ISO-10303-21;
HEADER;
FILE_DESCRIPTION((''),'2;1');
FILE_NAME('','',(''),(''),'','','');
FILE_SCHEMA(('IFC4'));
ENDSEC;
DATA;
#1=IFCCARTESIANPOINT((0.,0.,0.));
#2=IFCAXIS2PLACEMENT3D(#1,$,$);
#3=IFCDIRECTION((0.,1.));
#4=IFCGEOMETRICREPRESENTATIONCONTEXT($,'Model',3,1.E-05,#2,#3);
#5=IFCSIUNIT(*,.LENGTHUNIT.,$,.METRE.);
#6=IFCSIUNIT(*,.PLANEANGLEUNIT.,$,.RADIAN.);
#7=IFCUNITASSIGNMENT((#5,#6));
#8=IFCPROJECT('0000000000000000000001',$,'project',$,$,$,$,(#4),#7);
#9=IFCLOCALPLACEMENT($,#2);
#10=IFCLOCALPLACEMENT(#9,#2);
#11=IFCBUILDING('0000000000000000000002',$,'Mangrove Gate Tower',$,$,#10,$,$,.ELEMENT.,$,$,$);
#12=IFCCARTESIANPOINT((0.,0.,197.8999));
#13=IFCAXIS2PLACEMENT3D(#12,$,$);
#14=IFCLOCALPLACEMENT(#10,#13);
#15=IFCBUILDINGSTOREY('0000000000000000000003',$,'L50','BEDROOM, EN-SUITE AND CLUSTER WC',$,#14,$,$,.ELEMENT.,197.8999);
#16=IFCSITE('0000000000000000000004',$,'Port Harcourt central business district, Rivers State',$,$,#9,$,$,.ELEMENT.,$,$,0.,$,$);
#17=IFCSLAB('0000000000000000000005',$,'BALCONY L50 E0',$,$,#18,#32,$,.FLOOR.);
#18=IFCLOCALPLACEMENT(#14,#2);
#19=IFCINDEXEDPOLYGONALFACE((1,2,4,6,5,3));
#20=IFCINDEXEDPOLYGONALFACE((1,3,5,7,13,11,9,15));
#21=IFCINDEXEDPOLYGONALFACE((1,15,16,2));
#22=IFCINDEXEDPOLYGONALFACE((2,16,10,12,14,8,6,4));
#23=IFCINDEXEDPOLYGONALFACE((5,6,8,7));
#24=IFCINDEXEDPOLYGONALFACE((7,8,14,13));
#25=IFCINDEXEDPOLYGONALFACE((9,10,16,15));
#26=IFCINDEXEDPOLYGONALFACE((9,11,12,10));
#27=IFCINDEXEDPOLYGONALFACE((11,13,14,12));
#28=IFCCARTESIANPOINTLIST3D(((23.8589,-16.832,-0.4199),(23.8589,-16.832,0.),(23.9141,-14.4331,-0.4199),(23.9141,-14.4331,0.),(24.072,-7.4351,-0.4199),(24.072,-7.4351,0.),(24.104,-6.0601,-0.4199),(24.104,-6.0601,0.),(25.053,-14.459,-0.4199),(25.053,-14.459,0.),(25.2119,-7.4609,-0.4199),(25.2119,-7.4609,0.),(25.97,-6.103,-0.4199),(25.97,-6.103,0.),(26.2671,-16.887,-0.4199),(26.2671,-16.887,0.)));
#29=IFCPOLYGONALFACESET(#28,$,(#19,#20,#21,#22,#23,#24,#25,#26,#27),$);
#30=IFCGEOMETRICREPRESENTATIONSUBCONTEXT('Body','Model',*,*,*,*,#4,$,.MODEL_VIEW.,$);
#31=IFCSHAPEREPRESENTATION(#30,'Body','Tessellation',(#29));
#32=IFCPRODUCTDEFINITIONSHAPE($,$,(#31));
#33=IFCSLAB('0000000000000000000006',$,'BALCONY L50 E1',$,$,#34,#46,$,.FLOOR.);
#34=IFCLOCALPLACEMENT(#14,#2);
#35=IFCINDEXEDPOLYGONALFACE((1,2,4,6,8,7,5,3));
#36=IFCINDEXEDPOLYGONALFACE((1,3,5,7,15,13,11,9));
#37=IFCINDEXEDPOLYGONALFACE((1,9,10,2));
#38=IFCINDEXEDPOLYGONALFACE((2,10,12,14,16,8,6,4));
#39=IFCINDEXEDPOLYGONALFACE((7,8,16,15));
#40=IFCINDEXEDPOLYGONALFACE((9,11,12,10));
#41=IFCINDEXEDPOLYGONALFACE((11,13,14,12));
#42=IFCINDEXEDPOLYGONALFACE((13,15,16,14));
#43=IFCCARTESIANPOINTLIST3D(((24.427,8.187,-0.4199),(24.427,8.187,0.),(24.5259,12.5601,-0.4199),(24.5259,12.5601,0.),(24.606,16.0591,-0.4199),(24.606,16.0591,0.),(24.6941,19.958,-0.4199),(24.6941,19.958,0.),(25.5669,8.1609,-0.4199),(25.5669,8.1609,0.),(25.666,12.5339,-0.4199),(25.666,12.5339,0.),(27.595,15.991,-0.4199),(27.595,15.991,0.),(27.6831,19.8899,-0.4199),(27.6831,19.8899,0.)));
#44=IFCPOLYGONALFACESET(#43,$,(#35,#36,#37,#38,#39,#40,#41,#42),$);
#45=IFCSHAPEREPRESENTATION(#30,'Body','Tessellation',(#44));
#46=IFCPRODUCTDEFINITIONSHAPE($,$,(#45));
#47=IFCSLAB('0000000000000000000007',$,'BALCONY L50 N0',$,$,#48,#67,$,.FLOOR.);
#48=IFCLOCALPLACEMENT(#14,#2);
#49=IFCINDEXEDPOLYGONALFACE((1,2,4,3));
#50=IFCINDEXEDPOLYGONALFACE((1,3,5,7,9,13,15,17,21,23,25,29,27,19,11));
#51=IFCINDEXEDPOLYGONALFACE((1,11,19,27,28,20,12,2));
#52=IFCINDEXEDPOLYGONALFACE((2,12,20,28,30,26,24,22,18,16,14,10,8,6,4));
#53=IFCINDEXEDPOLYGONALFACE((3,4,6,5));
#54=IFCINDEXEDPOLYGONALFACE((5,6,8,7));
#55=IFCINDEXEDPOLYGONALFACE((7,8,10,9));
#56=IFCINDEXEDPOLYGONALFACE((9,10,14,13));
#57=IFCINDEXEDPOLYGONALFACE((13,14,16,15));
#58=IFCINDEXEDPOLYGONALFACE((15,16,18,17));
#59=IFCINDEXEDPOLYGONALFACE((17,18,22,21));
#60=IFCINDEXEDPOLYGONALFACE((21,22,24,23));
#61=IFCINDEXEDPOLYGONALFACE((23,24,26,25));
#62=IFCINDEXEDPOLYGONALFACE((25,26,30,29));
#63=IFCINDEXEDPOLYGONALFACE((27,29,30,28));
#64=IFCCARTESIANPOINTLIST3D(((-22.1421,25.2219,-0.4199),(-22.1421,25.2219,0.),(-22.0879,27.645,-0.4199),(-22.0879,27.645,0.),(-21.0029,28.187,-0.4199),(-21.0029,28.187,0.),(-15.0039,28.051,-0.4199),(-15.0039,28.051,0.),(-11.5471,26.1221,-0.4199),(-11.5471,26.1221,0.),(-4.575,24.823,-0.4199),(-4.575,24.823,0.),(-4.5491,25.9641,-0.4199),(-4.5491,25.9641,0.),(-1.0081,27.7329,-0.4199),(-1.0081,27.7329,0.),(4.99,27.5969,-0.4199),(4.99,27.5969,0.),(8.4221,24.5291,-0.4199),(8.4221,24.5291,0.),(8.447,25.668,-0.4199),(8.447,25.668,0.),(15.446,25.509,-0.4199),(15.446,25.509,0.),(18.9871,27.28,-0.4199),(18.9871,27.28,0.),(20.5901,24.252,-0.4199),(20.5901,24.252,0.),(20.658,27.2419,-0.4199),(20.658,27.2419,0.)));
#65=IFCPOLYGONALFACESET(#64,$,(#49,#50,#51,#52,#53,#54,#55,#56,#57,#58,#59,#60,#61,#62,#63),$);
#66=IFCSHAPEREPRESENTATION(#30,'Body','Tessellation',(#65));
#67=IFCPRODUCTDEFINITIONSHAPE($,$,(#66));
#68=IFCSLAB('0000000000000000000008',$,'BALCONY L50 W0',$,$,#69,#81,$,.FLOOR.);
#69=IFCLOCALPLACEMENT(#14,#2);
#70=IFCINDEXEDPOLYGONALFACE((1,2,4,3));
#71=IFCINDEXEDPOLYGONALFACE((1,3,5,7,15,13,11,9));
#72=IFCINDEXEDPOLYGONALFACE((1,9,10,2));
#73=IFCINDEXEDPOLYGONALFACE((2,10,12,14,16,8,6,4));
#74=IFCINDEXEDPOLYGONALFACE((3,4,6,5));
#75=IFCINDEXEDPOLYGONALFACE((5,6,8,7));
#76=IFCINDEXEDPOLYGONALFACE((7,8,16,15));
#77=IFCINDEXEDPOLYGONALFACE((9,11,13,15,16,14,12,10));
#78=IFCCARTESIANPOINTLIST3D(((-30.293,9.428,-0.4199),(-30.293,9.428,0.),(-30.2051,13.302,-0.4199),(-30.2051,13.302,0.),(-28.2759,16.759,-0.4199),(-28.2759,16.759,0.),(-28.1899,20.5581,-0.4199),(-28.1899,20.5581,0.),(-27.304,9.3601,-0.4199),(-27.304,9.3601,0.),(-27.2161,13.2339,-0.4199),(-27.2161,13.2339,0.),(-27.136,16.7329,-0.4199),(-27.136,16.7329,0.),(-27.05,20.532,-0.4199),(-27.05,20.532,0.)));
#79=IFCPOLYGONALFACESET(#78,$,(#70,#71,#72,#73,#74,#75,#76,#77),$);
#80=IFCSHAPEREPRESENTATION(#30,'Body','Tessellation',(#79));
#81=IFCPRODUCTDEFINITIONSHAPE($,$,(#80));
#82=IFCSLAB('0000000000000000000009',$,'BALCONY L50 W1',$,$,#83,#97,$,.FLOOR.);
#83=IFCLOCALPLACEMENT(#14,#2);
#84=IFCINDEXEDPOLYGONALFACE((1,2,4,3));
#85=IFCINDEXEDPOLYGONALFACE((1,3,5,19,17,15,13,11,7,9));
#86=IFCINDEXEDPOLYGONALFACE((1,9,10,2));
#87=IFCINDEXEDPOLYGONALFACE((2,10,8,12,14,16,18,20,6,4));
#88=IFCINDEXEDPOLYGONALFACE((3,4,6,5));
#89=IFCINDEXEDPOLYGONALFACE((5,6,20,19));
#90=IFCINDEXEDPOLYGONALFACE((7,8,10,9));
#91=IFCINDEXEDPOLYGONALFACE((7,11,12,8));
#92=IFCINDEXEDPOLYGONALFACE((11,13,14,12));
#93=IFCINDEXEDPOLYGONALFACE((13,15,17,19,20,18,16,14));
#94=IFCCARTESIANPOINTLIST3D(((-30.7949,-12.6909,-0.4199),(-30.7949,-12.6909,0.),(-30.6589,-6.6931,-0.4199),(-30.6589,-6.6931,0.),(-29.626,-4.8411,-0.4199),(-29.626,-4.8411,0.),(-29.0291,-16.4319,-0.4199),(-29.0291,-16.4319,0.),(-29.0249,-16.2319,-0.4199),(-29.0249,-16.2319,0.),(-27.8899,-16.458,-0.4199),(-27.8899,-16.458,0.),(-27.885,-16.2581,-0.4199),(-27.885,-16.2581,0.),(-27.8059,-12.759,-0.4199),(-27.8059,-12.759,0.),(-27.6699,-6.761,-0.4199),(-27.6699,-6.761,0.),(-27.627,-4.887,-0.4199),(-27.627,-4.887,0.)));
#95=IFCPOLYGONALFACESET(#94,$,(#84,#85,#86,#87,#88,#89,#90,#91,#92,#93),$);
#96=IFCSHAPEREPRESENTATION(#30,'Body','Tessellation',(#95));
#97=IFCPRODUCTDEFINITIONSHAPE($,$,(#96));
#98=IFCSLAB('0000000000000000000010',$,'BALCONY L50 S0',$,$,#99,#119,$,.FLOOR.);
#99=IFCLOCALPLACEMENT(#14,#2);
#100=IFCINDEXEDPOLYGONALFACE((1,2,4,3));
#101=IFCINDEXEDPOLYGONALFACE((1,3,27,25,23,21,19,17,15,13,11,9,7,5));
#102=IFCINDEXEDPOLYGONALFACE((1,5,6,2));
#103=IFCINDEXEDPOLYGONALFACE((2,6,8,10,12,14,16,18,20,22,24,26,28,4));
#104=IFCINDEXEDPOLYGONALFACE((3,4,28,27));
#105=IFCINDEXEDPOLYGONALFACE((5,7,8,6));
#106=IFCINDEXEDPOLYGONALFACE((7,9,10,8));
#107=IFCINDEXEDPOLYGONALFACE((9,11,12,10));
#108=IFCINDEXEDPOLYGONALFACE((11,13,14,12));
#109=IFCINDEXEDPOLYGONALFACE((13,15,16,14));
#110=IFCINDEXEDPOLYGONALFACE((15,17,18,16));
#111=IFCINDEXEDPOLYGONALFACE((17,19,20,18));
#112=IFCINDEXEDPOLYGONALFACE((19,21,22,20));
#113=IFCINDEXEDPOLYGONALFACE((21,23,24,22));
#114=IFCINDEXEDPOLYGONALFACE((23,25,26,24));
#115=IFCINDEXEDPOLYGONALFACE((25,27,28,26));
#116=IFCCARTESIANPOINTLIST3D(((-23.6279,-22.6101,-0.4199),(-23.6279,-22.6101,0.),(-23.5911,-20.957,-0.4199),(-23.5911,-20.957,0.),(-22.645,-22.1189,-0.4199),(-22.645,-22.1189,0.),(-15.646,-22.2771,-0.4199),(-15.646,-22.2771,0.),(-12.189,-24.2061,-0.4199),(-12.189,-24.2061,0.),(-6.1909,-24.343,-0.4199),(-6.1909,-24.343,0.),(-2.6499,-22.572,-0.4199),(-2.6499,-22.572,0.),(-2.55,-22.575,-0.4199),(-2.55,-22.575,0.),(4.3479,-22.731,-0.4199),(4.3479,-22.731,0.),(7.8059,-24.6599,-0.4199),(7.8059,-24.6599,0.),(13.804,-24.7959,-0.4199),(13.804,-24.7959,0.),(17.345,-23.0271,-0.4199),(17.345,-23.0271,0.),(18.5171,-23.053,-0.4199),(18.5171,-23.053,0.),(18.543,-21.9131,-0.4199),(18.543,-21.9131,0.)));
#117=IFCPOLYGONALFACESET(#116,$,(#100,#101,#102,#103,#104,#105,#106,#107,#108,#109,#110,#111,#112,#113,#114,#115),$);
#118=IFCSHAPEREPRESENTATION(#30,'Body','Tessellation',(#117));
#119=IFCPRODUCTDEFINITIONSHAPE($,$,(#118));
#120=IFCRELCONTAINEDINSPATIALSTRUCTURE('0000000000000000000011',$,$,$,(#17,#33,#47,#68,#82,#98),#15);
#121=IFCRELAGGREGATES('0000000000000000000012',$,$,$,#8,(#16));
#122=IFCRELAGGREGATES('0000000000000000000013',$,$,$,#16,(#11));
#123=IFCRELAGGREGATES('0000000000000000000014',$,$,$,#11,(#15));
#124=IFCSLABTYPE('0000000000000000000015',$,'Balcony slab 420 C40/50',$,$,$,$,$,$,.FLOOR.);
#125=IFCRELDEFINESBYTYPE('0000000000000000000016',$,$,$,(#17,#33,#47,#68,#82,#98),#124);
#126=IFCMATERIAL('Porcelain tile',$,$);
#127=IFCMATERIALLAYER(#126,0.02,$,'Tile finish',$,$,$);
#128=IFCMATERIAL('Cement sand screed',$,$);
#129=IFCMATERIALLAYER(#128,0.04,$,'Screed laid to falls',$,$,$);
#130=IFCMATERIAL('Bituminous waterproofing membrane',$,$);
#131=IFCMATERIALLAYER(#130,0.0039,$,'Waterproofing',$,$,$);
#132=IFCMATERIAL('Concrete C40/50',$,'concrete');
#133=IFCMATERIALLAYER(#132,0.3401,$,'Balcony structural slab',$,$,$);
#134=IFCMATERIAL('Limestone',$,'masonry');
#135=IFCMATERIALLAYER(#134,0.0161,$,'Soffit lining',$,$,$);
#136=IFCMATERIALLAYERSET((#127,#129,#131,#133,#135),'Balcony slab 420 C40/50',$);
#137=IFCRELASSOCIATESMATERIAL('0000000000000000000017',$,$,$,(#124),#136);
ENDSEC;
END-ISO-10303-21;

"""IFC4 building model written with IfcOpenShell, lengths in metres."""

from ifc_helpers import new_model, si_unit, direction, frame, origin, place, context, subcontext, project, spatial, polyline, outline, extrude, material, layer, layer_set, type_object, element, save


model = new_model("IFC4")

# Units and contexts
model_context = context("Model", 3, precision=1e-05, world=origin(), true_north=direction((0.0, 1.0)))
body_context = subcontext(model_context, "Body", "Model", "MODEL_VIEW")
ifc_project = project(units=[si_unit("LENGTHUNIT", "METRE"), si_unit("PLANEANGLEUNIT", "RADIAN")], contexts=[model_context])

# Site, building, storey
site_placement = place(None, origin())
site = spatial("IfcSite", under=ifc_project, at=site_placement, Name="Port Harcourt central business district, Rivers State", CompositionType="ELEMENT", RefElevation=0.0)
building_placement = place(site_placement, origin())
building = spatial("IfcBuilding", under=site, at=building_placement, Name="Mangrove Gate Tower", CompositionType="ELEMENT")
storey_placement = place(building_placement, frame((0.0, 0.0, 197.8999)))
storey = spatial("IfcBuildingStorey", under=building, at=storey_placement, Name="L50", Description="BEDROOM, EN-SUITE AND CLUSTER WC", CompositionType="ELEMENT", Elevation=197.8999)

# Slabs
ifc_material_1 = material(Name="Porcelain tile")
ifc_layer_1 = layer(ifc_material_1, 0.02, Name="Tile finish")
ifc_material_2 = material(Name="Cement sand screed")
ifc_layer_2 = layer(ifc_material_2, 0.04, Name="Screed laid to falls")
ifc_material_3 = material(Name="Bituminous waterproofing membrane")
ifc_layer_3 = layer(ifc_material_3, 0.0039, Name="Waterproofing")
ifc_material_4 = material(Name="Concrete C40/50", Category="concrete")
ifc_layer_4 = layer(ifc_material_4, 0.3401, Name="Balcony structural slab")
ifc_material_5 = material(Name="Limestone", Category="masonry")
ifc_layer_5 = layer(ifc_material_5, 0.0161, Name="Soffit lining")
ifc_layer_set_1 = layer_set([ifc_layer_1, ifc_layer_2, ifc_layer_3, ifc_layer_4, ifc_layer_5], Name="Balcony slab 420 C40/50")
slab_type_1 = type_object("IfcSlabType", Name="Balcony slab 420 C40/50", PredefinedType="FLOOR", material=ifc_layer_set_1)
slab_1_placement = place(storey_placement, frame((0.0, 0.0, -0.4199)))
element("IfcSlab", 1, at=slab_1_placement, inside=storey, type_object=slab_type_1, Name="BALCONY L50 E0", PredefinedType="FLOOR", context=body_context, shape_type="SweptSolid", body=[
    extrude(outline(polyline([(26.2671, -16.887), (25.053, -14.459), (25.2119, -7.4609), (25.97, -6.103), (24.104, -6.0601), (24.072, -7.4351), (23.9141, -14.4331), (23.8589, -16.832), (26.2671, -16.887)])), origin(), (0.0, 0.0, 1.0), 0.4199),
])
slab_2_placement = place(storey_placement, frame((0.0, 0.0, -0.4199)))
element("IfcSlab", 2, at=slab_2_placement, inside=storey, type_object=slab_type_1, Name="BALCONY L50 E1", PredefinedType="FLOOR", context=body_context, shape_type="SweptSolid", body=[
    extrude(outline(polyline([(25.5669, 8.1609), (25.666, 12.5339), (27.595, 15.991), (27.6831, 19.8899), (24.6941, 19.958), (24.606, 16.0591), (24.5259, 12.5601), (24.427, 8.187), (25.5669, 8.1609)])), origin(), (0.0, 0.0, 1.0), 0.4199),
])
slab_3_placement = place(storey_placement, frame((0.0, 0.0, -0.4199)))
element("IfcSlab", 3, at=slab_3_placement, inside=storey, type_object=slab_type_1, Name="BALCONY L50 N0", PredefinedType="FLOOR", context=body_context, shape_type="SweptSolid", body=[
    extrude(outline(polyline([(20.658, 27.2419), (18.9871, 27.28), (15.446, 25.509), (8.447, 25.668), (4.99, 27.5969), (-1.0081, 27.7329), (-4.5491, 25.9641), (-11.5471, 26.1221), (-15.0039, 28.051), (-21.0029, 28.187), (-22.0879, 27.645), (-22.1421, 25.2219), (-4.575, 24.823), (8.4221, 24.5291), (20.5901, 24.252), (20.658, 27.2419)])), origin(), (0.0, 0.0, 1.0), 0.4199),
])
slab_4_placement = place(storey_placement, frame((0.0, 0.0, -0.4199)))
element("IfcSlab", 4, at=slab_4_placement, inside=storey, type_object=slab_type_1, Name="BALCONY L50 W0", PredefinedType="FLOOR", context=body_context, shape_type="SweptSolid", body=[
    extrude(outline(polyline([(-28.1899, 20.5581), (-28.2759, 16.759), (-30.2051, 13.302), (-30.293, 9.428), (-27.304, 9.3601), (-27.2161, 13.2339), (-27.136, 16.7329), (-27.05, 20.532), (-28.1899, 20.5581)])), origin(), (0.0, 0.0, 1.0), 0.4199),
])
slab_5_placement = place(storey_placement, frame((0.0, 0.0, -0.4199)))
element("IfcSlab", 5, at=slab_5_placement, inside=storey, type_object=slab_type_1, Name="BALCONY L50 W1", PredefinedType="FLOOR", context=body_context, shape_type="SweptSolid", body=[
    extrude(outline(polyline([(-29.626, -4.8411), (-30.6589, -6.6931), (-30.7949, -12.6909), (-29.0249, -16.2319), (-29.0291, -16.4319), (-27.8899, -16.458), (-27.885, -16.2581), (-27.8059, -12.759), (-27.6699, -6.761), (-27.627, -4.887), (-29.626, -4.8411)])), origin(), (0.0, 0.0, 1.0), 0.4199),
])
slab_6_placement = place(storey_placement, frame((0.0, 0.0, -0.4199)))
element("IfcSlab", 6, at=slab_6_placement, inside=storey, type_object=slab_type_1, Name="BALCONY L50 S0", PredefinedType="FLOOR", context=body_context, shape_type="SweptSolid", body=[
    extrude(outline(polyline([(-23.6279, -22.6101), (-22.645, -22.1189), (-15.646, -22.2771), (-12.189, -24.2061), (-6.1909, -24.343), (-2.6499, -22.572), (-2.55, -22.575), (4.3479, -22.731), (7.8059, -24.6599), (13.804, -24.7959), (17.345, -23.0271), (18.5171, -23.053), (18.543, -21.9131), (-23.5911, -20.957), (-23.6279, -22.6101)])), origin(), (0.0, 0.0, 1.0), 0.4199),
])

save(model, "model.ifc")
